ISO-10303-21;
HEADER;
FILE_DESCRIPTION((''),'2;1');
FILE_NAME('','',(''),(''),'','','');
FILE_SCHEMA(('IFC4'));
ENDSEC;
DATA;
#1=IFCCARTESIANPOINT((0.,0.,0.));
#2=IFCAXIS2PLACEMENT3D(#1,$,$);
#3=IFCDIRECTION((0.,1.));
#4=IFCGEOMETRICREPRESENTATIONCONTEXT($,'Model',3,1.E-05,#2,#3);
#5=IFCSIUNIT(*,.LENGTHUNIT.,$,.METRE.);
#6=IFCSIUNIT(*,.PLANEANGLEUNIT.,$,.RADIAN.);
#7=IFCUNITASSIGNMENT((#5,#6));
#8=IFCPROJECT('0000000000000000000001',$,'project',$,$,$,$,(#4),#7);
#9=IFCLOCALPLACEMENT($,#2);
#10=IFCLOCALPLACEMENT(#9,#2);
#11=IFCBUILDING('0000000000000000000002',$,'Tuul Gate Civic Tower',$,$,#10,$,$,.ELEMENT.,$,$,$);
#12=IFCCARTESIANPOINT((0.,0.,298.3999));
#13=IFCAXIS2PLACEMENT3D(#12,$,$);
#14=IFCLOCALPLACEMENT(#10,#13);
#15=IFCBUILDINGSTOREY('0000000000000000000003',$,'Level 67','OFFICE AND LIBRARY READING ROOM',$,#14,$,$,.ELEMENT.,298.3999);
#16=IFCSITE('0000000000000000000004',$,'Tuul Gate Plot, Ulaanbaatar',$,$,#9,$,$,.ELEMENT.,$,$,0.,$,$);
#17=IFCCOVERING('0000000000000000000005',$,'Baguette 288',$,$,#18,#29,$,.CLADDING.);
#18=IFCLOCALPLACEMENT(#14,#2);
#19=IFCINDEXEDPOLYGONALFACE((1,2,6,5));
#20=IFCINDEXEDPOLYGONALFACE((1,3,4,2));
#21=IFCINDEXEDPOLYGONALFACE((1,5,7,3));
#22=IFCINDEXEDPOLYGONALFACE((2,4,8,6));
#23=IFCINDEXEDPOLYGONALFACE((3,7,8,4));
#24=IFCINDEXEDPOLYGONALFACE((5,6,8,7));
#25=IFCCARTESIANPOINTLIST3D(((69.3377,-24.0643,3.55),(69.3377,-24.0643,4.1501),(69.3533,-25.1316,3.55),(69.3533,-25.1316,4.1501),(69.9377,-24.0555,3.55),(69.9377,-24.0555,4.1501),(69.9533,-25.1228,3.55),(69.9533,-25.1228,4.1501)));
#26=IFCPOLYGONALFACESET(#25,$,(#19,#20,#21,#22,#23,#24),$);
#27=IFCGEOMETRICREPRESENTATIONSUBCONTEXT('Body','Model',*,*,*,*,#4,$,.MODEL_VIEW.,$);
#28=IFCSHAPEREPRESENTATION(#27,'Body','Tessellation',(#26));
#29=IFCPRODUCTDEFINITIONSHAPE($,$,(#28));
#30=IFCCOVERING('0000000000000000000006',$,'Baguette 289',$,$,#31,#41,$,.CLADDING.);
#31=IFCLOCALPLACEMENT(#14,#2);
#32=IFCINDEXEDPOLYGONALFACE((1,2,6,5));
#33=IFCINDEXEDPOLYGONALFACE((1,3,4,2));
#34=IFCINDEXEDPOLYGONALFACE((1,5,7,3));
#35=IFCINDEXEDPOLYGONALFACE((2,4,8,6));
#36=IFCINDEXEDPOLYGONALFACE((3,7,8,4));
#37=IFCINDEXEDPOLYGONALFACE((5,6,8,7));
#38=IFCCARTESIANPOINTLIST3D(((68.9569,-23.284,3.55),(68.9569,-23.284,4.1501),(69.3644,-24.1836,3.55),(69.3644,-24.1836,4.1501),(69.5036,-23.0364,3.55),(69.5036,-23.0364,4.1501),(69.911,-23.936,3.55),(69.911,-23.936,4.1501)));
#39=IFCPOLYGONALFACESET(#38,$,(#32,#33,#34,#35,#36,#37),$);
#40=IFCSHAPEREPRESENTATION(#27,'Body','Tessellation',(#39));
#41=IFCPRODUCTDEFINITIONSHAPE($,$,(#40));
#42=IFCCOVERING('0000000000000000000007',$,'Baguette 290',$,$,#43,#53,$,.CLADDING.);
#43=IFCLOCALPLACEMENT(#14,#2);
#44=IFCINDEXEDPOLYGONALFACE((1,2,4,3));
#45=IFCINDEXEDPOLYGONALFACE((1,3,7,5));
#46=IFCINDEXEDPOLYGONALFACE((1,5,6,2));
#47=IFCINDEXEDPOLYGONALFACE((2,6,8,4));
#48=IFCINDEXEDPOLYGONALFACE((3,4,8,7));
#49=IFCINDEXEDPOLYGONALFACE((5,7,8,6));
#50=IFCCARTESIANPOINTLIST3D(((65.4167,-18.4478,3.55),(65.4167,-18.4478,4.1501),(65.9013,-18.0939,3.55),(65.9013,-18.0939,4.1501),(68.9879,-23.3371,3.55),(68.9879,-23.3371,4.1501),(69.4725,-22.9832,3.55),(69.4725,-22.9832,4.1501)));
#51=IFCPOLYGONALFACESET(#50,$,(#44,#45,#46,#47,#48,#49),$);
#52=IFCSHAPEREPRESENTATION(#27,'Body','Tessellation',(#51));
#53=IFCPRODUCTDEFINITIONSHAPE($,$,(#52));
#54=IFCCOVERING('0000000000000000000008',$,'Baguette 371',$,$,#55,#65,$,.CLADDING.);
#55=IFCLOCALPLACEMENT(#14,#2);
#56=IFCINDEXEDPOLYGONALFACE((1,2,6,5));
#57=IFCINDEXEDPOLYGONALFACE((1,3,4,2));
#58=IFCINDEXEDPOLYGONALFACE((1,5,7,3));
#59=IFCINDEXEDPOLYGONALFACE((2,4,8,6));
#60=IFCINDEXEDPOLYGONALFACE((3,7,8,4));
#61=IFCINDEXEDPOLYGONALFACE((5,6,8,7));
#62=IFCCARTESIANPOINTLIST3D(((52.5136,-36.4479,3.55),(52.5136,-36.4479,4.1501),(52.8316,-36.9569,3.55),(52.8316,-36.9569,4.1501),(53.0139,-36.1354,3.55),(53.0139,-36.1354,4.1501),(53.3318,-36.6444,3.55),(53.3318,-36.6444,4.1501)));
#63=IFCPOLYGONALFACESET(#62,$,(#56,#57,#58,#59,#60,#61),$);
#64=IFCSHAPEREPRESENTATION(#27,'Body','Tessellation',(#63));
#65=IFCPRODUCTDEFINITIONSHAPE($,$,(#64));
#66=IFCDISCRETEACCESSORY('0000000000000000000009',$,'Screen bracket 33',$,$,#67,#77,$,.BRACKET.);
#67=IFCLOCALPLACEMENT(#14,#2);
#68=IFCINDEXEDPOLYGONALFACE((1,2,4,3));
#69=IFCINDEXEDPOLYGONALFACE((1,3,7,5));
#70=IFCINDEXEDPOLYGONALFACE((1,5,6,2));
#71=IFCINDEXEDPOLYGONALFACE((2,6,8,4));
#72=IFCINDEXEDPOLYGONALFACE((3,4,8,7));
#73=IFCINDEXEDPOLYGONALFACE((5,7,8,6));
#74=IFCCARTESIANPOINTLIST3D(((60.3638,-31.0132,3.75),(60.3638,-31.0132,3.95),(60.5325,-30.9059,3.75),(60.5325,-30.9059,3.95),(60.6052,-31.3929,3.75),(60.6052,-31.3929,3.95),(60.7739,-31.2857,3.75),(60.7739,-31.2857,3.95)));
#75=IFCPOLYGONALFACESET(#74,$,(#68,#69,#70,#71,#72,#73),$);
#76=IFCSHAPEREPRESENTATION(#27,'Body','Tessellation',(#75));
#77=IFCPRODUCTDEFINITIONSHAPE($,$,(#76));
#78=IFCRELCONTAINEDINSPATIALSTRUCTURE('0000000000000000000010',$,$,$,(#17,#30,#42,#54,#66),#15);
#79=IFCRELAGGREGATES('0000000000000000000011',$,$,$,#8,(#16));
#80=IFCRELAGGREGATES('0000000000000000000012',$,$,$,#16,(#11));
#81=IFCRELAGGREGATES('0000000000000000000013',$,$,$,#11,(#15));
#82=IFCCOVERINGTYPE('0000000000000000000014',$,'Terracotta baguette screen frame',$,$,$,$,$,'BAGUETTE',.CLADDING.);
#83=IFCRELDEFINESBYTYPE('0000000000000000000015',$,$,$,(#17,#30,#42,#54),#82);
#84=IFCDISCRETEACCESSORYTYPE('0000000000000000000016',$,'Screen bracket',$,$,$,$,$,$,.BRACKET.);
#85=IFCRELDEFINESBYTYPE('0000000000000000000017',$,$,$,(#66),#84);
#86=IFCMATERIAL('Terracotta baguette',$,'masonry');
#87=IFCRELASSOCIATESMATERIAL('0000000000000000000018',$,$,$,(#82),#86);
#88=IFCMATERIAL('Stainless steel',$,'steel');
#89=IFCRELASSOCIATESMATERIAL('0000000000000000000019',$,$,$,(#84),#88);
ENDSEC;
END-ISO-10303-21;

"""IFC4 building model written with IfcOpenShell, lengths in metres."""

from ifc_helpers import new_model, si_unit, direction, frame, origin, origin_2d, place, context, subcontext, project, spatial, rectangle, extrude, material, material_profile, profile_set, type_object, element, save


model = new_model("IFC4")

# Units and contexts
model_context = context("Model", 3, precision=1e-05, world=origin(), true_north=direction((0.0, 1.0)))
body_context = subcontext(model_context, "Body", "Model", "MODEL_VIEW")
ifc_project = project(units=[si_unit("LENGTHUNIT", "METRE"), si_unit("PLANEANGLEUNIT", "RADIAN")], contexts=[model_context])

# Site, building, storey
site_placement = place(None, origin())
site = spatial("IfcSite", under=ifc_project, at=site_placement, Name="Tuul Gate Plot, Ulaanbaatar", CompositionType="ELEMENT", RefElevation=0.0)
building_placement = place(site_placement, origin())
building = spatial("IfcBuilding", under=site, at=building_placement, Name="Tuul Gate Civic Tower", CompositionType="ELEMENT")
storey_placement = place(building_placement, frame((0.0, 0.0, 298.3999)))
storey = spatial("IfcBuildingStorey", under=building, at=storey_placement, Name="Level 67", Description="OFFICE AND LIBRARY READING ROOM", CompositionType="ELEMENT", Elevation=298.3999)

# Coverings
ifc_material_1 = material(Name="Terracotta baguette", Category="masonry")
ifc_material_profile_1 = material_profile(ifc_material_1, rectangle(XDim=0.6001, YDim=0.6001, at=origin_2d()), Name="Terracotta baguette screen frame")
ifc_profile_set_1 = profile_set([ifc_material_profile_1], Name="Terracotta baguette")
covering_type = type_object("IfcCoveringType", Name="Terracotta baguette screen frame", ElementType="BAGUETTE", PredefinedType="CLADDING", material=ifc_profile_set_1)
covering_1_placement = place(storey_placement, frame((69.6533, -25.1272, 3.8501), z_axis=(-0.014637, 0.999893, 0.0), x_axis=(-0.999893, -0.014637, 0.0)))
element("IfcCovering", 1, at=covering_1_placement, inside=storey, type_object=covering_type, Name="Baguette 288", PredefinedType="CLADDING", context=body_context, shape_type="SweptSolid", body=[
    extrude(rectangle(XDim=0.6001, YDim=0.6001, at=origin_2d()), origin(), (0.0, 0.0, 1.0), 1.0674),
])
covering_2_placement = place(storey_placement, frame((69.6377, -24.0598, 3.8501), z_axis=(-0.412573, 0.910924, 0.0), x_axis=(-0.910924, -0.412573, 0.0)))
element("IfcCovering", 2, at=covering_2_placement, inside=storey, type_object=covering_type, Name="Baguette 289", PredefinedType="CLADDING", context=body_context, shape_type="SweptSolid", body=[
    extrude(rectangle(XDim=0.6001, YDim=0.6001, at=origin_2d()), origin(), (0.0, 0.0, 1.0), 0.9875),
])
covering_3_placement = place(storey_placement, frame((69.2302, -23.1602, 3.8501), z_axis=(-0.58983, 0.807528, 0.0), x_axis=(-0.807528, -0.58983, 0.0)))
element("IfcCovering", 3, at=covering_3_placement, inside=storey, type_object=covering_type, Name="Baguette 290", PredefinedType="CLADDING", context=body_context, shape_type="SweptSolid", body=[
    extrude(rectangle(XDim=0.6001, YDim=0.6001, at=origin_2d()), origin(), (0.0, 0.0, 1.0), 6.0547),
])
covering_4_placement = place(storey_placement, frame((52.6726, -36.7024, 3.8501), z_axis=(0.848115, 0.529813, 0.0), x_axis=(-0.529813, 0.848115, 0.0)))
element("IfcCovering", 4, at=covering_4_placement, inside=storey, type_object=covering_type, Name="Baguette 371", PredefinedType="CLADDING", context=body_context, shape_type="SweptSolid", body=[
    extrude(rectangle(XDim=0.6001, YDim=0.6001, at=origin_2d()), origin(), (0.0, 0.0, 1.0), 0.5898),
])

# Discrete accessory
ifc_material_2 = material(Name="Stainless steel", Category="steel")
discrete_accessory_type = type_object("IfcDiscreteAccessoryType", Name="Screen bracket", PredefinedType="BRACKET", material=ifc_material_2)
discrete_accessory_placement = place(storey_placement, frame((60.5688, -31.1494, 3.75), z_axis=(0.0, 0.0, 1.0), x_axis=(0.536425, -0.843948, 0.0)))
element("IfcDiscreteAccessory", 5, at=discrete_accessory_placement, inside=storey, type_object=discrete_accessory_type, Name="Screen bracket 33", PredefinedType="BRACKET", context=body_context, shape_type="SweptSolid", body=[
    extrude(rectangle(XDim=0.45, YDim=0.2, at=origin_2d()), origin(), (0.0, 0.0, 1.0), 0.2),
])

save(model, "model.ifc")
